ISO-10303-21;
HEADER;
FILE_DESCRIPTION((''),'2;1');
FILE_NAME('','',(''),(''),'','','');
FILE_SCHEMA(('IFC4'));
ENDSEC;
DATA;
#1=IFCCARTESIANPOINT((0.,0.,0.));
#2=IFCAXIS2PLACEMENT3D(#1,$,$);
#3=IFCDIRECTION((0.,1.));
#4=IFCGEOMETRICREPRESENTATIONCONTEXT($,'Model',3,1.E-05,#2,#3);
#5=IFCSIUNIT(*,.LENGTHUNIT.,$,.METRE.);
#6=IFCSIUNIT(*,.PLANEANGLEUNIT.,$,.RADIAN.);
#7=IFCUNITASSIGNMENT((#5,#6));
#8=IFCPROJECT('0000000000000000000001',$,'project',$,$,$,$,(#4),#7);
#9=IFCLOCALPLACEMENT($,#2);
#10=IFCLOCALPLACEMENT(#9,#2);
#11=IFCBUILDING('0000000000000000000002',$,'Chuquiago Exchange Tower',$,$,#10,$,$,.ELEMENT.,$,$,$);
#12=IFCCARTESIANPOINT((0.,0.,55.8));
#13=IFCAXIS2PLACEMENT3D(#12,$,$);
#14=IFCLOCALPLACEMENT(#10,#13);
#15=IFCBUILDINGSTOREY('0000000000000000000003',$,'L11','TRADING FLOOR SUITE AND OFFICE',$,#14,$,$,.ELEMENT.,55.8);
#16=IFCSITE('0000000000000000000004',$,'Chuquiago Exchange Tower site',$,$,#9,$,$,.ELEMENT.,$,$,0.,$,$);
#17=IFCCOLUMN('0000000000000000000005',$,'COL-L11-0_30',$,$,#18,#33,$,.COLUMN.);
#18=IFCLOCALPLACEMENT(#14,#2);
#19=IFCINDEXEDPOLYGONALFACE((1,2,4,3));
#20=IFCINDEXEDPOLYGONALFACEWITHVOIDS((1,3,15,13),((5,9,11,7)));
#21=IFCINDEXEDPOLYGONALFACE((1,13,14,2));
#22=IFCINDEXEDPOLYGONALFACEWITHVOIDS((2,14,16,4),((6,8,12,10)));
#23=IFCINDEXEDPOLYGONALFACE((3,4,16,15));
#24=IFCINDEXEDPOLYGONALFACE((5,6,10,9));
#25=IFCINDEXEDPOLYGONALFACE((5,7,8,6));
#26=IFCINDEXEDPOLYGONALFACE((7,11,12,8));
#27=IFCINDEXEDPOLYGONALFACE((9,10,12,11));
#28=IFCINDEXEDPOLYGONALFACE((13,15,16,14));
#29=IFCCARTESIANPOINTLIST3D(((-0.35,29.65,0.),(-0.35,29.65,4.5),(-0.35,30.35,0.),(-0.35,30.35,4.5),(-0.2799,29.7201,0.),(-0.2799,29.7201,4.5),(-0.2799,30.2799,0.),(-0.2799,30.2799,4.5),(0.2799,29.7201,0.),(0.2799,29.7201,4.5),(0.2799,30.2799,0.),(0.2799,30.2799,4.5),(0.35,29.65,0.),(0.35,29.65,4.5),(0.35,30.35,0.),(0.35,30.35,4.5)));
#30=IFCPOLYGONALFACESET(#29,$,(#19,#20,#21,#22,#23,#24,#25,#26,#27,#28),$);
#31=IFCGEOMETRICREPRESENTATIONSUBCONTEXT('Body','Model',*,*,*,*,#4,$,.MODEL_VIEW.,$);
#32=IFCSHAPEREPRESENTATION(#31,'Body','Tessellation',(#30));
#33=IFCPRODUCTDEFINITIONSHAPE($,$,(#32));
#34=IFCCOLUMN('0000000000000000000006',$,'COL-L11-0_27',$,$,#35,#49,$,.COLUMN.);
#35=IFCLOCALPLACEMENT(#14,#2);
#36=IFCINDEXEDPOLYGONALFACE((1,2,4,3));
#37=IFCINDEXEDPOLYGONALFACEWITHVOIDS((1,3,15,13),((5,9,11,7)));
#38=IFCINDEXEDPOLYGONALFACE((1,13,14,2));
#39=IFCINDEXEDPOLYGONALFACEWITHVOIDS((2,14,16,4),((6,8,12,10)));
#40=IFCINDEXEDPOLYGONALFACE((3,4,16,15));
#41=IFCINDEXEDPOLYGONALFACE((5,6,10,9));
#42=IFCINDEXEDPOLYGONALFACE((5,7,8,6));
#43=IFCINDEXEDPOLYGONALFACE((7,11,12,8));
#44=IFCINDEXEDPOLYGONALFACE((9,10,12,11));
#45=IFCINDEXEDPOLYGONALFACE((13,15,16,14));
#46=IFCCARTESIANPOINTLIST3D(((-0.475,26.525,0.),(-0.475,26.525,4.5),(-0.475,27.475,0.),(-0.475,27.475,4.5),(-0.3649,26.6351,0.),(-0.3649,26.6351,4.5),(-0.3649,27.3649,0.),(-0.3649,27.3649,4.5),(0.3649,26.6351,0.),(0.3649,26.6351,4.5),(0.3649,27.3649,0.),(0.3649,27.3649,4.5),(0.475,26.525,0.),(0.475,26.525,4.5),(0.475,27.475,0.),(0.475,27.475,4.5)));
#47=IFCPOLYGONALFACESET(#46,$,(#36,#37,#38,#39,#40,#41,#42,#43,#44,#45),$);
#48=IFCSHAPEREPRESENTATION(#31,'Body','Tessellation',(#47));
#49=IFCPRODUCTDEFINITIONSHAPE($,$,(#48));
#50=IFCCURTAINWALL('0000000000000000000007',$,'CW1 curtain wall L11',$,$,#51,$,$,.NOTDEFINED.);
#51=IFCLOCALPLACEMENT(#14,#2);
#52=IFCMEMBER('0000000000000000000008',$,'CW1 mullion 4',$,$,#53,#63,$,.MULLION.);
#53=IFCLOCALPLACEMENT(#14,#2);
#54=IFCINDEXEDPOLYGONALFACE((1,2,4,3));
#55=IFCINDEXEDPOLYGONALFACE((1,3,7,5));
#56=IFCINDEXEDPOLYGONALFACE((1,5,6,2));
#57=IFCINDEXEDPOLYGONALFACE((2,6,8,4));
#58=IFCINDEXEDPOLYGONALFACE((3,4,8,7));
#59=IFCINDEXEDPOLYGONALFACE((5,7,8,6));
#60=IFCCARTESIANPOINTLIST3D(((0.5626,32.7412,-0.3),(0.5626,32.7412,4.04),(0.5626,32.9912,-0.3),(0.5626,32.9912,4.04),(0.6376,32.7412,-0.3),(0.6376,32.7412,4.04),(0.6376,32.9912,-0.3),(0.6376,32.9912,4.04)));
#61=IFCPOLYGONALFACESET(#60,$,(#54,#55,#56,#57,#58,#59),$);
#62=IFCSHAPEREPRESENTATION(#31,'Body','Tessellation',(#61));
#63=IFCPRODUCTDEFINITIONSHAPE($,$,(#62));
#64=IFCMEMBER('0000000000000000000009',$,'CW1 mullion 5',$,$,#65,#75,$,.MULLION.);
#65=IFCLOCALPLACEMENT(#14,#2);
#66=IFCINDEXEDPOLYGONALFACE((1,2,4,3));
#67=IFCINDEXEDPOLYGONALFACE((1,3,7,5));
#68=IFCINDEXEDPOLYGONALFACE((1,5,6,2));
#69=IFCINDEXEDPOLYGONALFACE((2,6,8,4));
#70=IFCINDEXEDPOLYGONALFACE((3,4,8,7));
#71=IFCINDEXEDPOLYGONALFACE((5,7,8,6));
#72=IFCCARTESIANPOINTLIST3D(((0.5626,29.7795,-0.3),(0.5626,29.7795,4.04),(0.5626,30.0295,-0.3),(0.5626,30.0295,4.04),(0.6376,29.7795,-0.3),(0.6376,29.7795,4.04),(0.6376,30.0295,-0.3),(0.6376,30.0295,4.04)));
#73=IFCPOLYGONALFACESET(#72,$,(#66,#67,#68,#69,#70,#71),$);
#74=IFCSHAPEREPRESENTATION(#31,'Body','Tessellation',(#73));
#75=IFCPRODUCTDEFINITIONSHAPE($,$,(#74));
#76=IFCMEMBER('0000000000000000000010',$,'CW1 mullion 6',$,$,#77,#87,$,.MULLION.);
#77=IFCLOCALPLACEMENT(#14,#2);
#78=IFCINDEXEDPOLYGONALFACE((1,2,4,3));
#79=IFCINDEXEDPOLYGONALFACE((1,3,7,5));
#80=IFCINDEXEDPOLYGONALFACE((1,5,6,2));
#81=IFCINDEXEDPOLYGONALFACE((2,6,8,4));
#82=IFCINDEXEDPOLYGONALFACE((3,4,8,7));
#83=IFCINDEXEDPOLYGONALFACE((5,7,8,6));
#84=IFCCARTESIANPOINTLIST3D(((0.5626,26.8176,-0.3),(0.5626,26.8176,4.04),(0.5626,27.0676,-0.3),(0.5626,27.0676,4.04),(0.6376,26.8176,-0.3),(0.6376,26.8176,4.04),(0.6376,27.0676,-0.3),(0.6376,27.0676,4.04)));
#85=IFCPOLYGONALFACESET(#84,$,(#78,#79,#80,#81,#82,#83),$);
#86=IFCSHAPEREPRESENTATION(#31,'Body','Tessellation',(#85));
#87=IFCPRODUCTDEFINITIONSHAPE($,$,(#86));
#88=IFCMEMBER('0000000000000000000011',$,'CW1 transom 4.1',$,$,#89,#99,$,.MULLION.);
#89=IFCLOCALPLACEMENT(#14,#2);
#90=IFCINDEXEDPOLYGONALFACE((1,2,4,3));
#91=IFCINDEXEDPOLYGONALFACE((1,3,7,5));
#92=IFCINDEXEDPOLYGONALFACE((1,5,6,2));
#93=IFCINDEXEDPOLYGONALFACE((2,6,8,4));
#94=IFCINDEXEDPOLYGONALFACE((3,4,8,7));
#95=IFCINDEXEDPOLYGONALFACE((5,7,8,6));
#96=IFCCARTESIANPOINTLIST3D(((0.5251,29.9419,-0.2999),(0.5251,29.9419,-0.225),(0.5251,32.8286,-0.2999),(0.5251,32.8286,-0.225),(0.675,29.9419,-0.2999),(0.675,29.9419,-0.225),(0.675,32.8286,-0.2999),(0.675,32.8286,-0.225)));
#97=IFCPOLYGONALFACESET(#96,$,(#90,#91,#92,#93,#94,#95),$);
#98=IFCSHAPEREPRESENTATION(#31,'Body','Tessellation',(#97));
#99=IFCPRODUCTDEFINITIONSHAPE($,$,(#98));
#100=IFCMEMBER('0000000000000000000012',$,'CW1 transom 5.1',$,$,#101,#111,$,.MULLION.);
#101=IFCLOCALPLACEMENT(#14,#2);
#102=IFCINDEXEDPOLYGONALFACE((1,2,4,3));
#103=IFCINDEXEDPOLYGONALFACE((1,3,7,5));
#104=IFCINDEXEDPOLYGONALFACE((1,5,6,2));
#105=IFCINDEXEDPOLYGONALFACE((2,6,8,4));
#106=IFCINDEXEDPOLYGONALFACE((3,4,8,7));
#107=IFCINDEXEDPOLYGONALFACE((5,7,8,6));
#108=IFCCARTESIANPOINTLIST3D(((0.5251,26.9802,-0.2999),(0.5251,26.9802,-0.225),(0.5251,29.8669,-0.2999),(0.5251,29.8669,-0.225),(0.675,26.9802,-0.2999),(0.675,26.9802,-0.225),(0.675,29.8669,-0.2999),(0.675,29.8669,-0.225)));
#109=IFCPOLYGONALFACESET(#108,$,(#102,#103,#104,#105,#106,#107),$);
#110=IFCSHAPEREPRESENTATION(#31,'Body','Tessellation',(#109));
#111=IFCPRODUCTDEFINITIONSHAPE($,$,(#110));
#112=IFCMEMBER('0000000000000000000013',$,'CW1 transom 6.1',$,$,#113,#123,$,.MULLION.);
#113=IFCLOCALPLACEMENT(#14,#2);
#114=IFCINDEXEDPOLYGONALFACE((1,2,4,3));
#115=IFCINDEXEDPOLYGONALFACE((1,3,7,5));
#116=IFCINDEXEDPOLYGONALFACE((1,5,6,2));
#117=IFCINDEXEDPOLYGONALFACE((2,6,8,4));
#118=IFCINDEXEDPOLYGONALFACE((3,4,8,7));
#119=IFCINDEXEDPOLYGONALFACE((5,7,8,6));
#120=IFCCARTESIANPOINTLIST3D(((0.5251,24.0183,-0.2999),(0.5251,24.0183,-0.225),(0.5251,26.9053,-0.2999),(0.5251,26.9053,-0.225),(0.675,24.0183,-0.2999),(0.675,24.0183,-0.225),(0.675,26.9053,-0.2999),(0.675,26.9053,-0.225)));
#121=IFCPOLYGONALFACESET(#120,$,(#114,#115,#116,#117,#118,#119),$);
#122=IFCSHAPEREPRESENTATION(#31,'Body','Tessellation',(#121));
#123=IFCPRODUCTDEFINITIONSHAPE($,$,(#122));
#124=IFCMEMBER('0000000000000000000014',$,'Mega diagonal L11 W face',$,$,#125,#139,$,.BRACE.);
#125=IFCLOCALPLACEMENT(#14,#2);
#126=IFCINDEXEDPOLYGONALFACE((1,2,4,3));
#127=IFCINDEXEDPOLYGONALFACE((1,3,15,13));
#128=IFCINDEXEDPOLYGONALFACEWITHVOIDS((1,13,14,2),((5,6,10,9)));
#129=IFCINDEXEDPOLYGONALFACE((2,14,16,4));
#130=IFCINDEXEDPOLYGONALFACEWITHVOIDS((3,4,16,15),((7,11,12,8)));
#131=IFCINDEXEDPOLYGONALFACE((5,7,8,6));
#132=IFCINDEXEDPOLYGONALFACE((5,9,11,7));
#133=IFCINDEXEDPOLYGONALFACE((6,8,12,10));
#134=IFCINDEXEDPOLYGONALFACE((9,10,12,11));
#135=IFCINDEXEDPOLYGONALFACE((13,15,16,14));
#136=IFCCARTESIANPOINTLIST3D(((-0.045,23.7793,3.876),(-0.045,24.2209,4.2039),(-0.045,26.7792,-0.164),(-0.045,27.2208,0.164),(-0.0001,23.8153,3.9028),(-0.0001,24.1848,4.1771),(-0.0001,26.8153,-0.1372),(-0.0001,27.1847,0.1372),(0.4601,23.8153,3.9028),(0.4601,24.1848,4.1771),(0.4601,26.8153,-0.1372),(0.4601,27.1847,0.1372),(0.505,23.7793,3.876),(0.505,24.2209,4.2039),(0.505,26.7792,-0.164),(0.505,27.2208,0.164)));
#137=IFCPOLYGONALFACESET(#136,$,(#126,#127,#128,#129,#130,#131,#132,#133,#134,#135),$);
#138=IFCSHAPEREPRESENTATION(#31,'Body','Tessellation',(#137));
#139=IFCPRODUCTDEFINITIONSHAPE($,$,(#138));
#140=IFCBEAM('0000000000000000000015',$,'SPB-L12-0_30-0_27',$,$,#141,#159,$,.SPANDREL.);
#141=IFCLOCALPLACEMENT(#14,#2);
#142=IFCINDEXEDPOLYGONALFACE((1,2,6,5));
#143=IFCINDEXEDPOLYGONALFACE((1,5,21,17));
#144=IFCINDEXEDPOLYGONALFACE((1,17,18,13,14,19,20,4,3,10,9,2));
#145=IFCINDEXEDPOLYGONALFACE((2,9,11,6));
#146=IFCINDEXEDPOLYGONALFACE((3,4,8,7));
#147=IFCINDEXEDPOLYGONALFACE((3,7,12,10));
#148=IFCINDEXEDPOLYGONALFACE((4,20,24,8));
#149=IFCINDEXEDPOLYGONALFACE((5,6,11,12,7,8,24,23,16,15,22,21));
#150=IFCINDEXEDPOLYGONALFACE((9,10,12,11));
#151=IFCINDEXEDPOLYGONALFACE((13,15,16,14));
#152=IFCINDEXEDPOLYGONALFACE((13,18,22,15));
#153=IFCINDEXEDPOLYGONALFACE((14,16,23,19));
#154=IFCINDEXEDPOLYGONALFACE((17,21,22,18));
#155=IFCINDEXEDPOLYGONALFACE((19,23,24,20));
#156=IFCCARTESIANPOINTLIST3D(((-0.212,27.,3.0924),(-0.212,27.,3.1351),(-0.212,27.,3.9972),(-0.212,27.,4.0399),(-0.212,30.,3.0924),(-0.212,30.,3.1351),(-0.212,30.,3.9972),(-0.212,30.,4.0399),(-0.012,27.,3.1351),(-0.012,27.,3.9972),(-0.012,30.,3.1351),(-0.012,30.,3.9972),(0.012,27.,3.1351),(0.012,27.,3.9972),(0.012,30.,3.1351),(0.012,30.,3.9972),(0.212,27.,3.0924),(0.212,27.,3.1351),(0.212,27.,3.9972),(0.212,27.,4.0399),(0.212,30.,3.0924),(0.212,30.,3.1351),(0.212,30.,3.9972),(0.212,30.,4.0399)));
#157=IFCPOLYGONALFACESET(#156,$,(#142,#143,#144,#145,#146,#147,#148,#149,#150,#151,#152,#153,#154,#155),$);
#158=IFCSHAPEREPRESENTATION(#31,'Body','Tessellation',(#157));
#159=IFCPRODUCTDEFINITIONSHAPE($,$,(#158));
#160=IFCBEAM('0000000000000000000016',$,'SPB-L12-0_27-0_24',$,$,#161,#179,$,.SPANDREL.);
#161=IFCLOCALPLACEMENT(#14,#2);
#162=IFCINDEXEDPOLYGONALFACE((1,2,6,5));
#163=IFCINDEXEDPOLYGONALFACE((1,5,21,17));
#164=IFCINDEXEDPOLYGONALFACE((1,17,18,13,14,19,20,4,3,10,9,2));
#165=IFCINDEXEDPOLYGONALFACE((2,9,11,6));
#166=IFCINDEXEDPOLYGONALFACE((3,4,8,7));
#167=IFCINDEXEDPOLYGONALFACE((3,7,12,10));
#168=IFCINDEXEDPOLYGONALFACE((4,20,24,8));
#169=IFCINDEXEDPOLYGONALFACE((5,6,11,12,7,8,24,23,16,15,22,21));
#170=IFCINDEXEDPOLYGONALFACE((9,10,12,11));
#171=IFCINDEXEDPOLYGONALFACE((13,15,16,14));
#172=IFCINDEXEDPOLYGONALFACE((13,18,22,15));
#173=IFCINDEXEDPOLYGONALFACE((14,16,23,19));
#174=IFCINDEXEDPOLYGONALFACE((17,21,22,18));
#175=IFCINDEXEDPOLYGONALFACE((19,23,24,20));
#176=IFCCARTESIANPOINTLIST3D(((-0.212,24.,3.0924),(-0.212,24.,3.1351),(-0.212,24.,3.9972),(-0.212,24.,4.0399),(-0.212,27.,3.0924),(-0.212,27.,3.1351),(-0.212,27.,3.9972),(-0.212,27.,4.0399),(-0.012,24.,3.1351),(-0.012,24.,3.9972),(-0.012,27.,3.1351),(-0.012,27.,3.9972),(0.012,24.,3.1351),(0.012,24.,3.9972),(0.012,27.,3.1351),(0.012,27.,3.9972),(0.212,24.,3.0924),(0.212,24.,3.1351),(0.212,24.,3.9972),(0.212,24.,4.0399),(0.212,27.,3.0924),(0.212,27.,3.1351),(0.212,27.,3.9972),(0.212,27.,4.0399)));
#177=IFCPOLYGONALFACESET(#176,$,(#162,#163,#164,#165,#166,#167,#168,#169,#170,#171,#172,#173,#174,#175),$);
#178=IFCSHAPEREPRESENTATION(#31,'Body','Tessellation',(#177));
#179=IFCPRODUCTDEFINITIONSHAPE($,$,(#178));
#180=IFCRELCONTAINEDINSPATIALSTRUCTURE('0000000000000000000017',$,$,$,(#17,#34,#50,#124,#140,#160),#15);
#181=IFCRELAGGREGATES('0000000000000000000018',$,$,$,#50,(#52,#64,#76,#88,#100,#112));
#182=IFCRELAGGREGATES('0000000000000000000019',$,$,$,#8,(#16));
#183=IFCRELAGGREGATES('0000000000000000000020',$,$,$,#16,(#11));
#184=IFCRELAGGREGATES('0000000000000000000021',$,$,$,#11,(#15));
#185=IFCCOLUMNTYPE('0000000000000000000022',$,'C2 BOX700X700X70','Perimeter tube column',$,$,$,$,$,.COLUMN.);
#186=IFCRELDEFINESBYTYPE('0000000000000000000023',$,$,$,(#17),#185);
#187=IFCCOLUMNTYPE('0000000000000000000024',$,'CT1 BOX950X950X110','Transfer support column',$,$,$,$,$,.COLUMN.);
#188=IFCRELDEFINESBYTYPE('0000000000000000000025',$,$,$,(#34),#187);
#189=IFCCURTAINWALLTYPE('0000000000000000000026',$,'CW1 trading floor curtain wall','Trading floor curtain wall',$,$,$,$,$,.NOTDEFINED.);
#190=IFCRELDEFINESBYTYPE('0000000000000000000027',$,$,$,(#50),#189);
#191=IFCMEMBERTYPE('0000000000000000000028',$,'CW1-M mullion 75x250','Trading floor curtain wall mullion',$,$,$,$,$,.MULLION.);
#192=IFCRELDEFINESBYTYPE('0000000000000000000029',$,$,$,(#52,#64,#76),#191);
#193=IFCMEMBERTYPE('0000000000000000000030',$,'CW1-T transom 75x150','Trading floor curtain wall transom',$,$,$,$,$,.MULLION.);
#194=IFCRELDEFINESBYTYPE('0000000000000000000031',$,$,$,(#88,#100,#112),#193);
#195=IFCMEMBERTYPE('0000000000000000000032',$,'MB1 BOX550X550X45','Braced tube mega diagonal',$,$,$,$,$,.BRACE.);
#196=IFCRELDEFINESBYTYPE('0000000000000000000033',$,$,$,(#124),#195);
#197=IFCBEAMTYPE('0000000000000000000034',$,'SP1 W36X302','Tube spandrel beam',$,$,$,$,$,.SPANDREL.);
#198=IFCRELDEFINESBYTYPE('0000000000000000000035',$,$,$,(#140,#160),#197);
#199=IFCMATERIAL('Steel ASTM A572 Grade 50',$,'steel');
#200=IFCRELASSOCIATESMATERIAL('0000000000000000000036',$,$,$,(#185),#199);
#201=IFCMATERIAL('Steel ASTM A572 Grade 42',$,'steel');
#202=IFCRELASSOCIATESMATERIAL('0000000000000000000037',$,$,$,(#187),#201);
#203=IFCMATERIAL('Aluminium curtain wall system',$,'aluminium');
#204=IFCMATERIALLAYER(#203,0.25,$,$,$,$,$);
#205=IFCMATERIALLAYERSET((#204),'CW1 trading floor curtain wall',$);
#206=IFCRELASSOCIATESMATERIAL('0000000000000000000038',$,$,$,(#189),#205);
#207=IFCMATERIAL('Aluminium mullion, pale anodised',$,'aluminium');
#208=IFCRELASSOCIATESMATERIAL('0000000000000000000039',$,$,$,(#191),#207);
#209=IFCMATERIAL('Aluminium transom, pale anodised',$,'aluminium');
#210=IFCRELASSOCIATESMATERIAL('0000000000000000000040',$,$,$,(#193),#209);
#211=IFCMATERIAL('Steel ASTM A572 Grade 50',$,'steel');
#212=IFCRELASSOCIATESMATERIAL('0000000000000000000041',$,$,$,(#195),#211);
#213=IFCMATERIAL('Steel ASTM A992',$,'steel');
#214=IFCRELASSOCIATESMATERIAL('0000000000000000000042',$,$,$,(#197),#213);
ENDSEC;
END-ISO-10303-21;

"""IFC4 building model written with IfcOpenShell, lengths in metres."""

from ifc_helpers import new_model, si_unit, direction, frame, origin, origin_2d, place, context, subcontext, project, spatial, rectangle, hollow_rectangle, i_section, extrude, material, layer, layer_set, material_profile, profile_set, type_object, element, aggregate, save


model = new_model("IFC4")

# Units and contexts
model_context = context("Model", 3, precision=1e-05, world=origin(), true_north=direction((0.0, 1.0)))
body_context = subcontext(model_context, "Body", "Model", "MODEL_VIEW")
ifc_project = project(units=[si_unit("LENGTHUNIT", "METRE"), si_unit("PLANEANGLEUNIT", "RADIAN")], contexts=[model_context])

# Site, building, storey
site_placement = place(None, origin())
site = spatial("IfcSite", under=ifc_project, at=site_placement, Name="Chuquiago Exchange Tower site", CompositionType="ELEMENT", RefElevation=0.0)
building_placement = place(site_placement, origin())
building = spatial("IfcBuilding", under=site, at=building_placement, Name="Chuquiago Exchange Tower", CompositionType="ELEMENT")
storey_placement = place(building_placement, frame((0.0, 0.0, 55.8)))
storey = spatial("IfcBuildingStorey", under=building, at=storey_placement, Name="L11", Description="TRADING FLOOR SUITE AND OFFICE", CompositionType="ELEMENT", Elevation=55.8)

# Columns
ifc_material_1 = material(Name="Steel ASTM A572 Grade 50", Category="steel")
ifc_material_profile_1 = material_profile(ifc_material_1, hollow_rectangle(XDim=0.7, YDim=0.7, WallThickness=0.0701, at=origin_2d()), Name="BOX700X700X70")
ifc_profile_set_1 = profile_set([ifc_material_profile_1], Name="Steel ASTM A572 Grade 50")
column_type_1 = type_object("IfcColumnType", Name="C2 BOX700X700X70", Description="Perimeter tube column", PredefinedType="COLUMN", material=ifc_profile_set_1)
column_1_placement = place(storey_placement, frame((0.0, 30.0, 0.0), z_axis=(0.0, 0.0, 1.0), x_axis=(-1.0, 0.0, 0.0)))
element("IfcColumn", 1, at=column_1_placement, inside=storey, type_object=column_type_1, Name="COL-L11-0_30", PredefinedType="COLUMN", context=body_context, shape_type="SweptSolid", body=[
    extrude(hollow_rectangle(XDim=0.7, YDim=0.7, WallThickness=0.0701, at=origin_2d()), origin(), (0.0, 0.0, 1.0), 4.5),
])
ifc_material_2 = material(Name="Steel ASTM A572 Grade 42", Category="steel")
ifc_material_profile_2 = material_profile(ifc_material_2, hollow_rectangle(XDim=0.95, YDim=0.95, WallThickness=0.1101, at=origin_2d()), Name="BOX950X950X110")
ifc_profile_set_2 = profile_set([ifc_material_profile_2], Name="Steel ASTM A572 Grade 42")
column_type_2 = type_object("IfcColumnType", Name="CT1 BOX950X950X110", Description="Transfer support column", PredefinedType="COLUMN", material=ifc_profile_set_2)
column_2_placement = place(storey_placement, frame((0.0, 27.0, 0.0), z_axis=(0.0, 0.0, 1.0), x_axis=(-1.0, 0.0, 0.0)))
element("IfcColumn", 2, at=column_2_placement, inside=storey, type_object=column_type_2, Name="COL-L11-0_27", PredefinedType="COLUMN", context=body_context, shape_type="SweptSolid", body=[
    extrude(hollow_rectangle(XDim=0.95, YDim=0.95, WallThickness=0.1101, at=origin_2d()), origin(), (0.0, 0.0, 1.0), 4.5),
])

# Curtain wall, members
ifc_material_3 = material(Name="Aluminium curtain wall system", Category="aluminium")
ifc_layer_1 = layer(ifc_material_3, 0.25)
ifc_layer_set_1 = layer_set([ifc_layer_1], Name="CW1 trading floor curtain wall")
curtain_wall_type = type_object("IfcCurtainWallType", Name="CW1 trading floor curtain wall", Description="Trading floor curtain wall", PredefinedType="NOTDEFINED", material=ifc_layer_set_1)
curtain_wall_placement = place(storey_placement, origin())
curtain_wall = element("IfcCurtainWall", 3, at=curtain_wall_placement, inside=storey, type_object=curtain_wall_type, Name="CW1 curtain wall L11", PredefinedType="NOTDEFINED")
ifc_material_4 = material(Name="Aluminium mullion, pale anodised", Category="aluminium")
ifc_material_profile_3 = material_profile(ifc_material_4, rectangle(XDim=0.075, YDim=0.25, at=origin_2d()), Name="AL 75x250")
ifc_profile_set_3 = profile_set([ifc_material_profile_3], Name="Aluminium mullion, pale anodised")
member_type_1 = type_object("IfcMemberType", Name="CW1-M mullion 75x250", Description="Trading floor curtain wall mullion", PredefinedType="MULLION", material=ifc_profile_set_3)
member_1_placement = place(storey_placement, frame((0.6001, 32.8662, -0.3), z_axis=(0.0, 0.0, 1.0), x_axis=(1.0, 0.0, 0.0)))
member_1 = element("IfcMember", 4, at=member_1_placement, type_object=member_type_1, Name="CW1 mullion 4", PredefinedType="MULLION", context=body_context, shape_type="SweptSolid", body=[
    extrude(rectangle(XDim=0.075, YDim=0.25, at=origin_2d()), origin(), (0.0, 0.0, 1.0), 4.3401),
])
member_2_placement = place(storey_placement, frame((0.6001, 29.9045, -0.3), z_axis=(0.0, 0.0, 1.0), x_axis=(1.0, 0.0, 0.0)))
member_2 = element("IfcMember", 5, at=member_2_placement, type_object=member_type_1, Name="CW1 mullion 5", PredefinedType="MULLION", context=body_context, shape_type="SweptSolid", body=[
    extrude(rectangle(XDim=0.075, YDim=0.25, at=origin_2d()), origin(), (0.0, 0.0, 1.0), 4.3401),
])
member_3_placement = place(storey_placement, frame((0.6001, 26.9426, -0.3), z_axis=(0.0, 0.0, 1.0), x_axis=(1.0, 0.0, 0.0)))
member_3 = element("IfcMember", 6, at=member_3_placement, type_object=member_type_1, Name="CW1 mullion 6", PredefinedType="MULLION", context=body_context, shape_type="SweptSolid", body=[
    extrude(rectangle(XDim=0.075, YDim=0.25, at=origin_2d()), origin(), (0.0, 0.0, 1.0), 4.3401),
])
ifc_material_5 = material(Name="Aluminium transom, pale anodised", Category="aluminium")
ifc_material_profile_4 = material_profile(ifc_material_5, rectangle(XDim=0.1499, YDim=0.075, at=origin_2d()), Name="AL 150x75")
ifc_profile_set_4 = profile_set([ifc_material_profile_4], Name="Aluminium transom, pale anodised")
member_type_2 = type_object("IfcMemberType", Name="CW1-T transom 75x150", Description="Trading floor curtain wall transom", PredefinedType="MULLION", material=ifc_profile_set_4)
member_4_placement = place(storey_placement, frame((0.6001, 32.8286, -0.2625), z_axis=(0.0, -1.0, 0.0), x_axis=(1.0, 0.0, 0.0)))
member_4 = element("IfcMember", 7, at=member_4_placement, type_object=member_type_2, Name="CW1 transom 4.1", PredefinedType="MULLION", context=body_context, shape_type="SweptSolid", body=[
    extrude(rectangle(XDim=0.1499, YDim=0.075, at=origin_2d()), origin(), (0.0, 0.0, 1.0), 2.8867),
])
member_5_placement = place(storey_placement, frame((0.6001, 29.8669, -0.2625), z_axis=(0.0, -1.0, 0.0), x_axis=(1.0, 0.0, 0.0)))
member_5 = element("IfcMember", 8, at=member_5_placement, type_object=member_type_2, Name="CW1 transom 5.1", PredefinedType="MULLION", context=body_context, shape_type="SweptSolid", body=[
    extrude(rectangle(XDim=0.1499, YDim=0.075, at=origin_2d()), origin(), (0.0, 0.0, 1.0), 2.8867),
])
member_6_placement = place(storey_placement, frame((0.6001, 26.9053, -0.2625), z_axis=(0.0, -1.0, 0.0), x_axis=(1.0, 0.0, 0.0)))
member_6 = element("IfcMember", 9, at=member_6_placement, type_object=member_type_2, Name="CW1 transom 6.1", PredefinedType="MULLION", context=body_context, shape_type="SweptSolid", body=[
    extrude(rectangle(XDim=0.1499, YDim=0.075, at=origin_2d()), origin(), (0.0, 0.0, 1.0), 2.887),
])

# Member
ifc_material_6 = material(Name="Steel ASTM A572 Grade 50", Category="steel")
ifc_material_profile_5 = material_profile(ifc_material_6, hollow_rectangle(XDim=0.55, YDim=0.55, WallThickness=0.0449, at=origin_2d()), Name="BOX550X550X45")
ifc_profile_set_5 = profile_set([ifc_material_profile_5], Name="Steel ASTM A572 Grade 50")
member_type_3 = type_object("IfcMemberType", Name="MB1 BOX550X550X45", Description="Braced tube mega diagonal", PredefinedType="BRACE", material=ifc_profile_set_5)
member_7_placement = place(storey_placement, frame((0.23, 27.0, 0.0), z_axis=(0.0, -0.596174, 0.802855), x_axis=(1.0, 0.0, 0.0)))
element("IfcMember", 10, at=member_7_placement, inside=storey, type_object=member_type_3, Name="Mega diagonal L11 W face", PredefinedType="BRACE", context=body_context, shape_type="SweptSolid", body=[
    extrude(hollow_rectangle(XDim=0.55, YDim=0.55, WallThickness=0.0449, at=origin_2d()), origin(), (0.0, 0.0, 1.0), 5.032),
])

# Beams
ifc_material_7 = material(Name="Steel ASTM A992", Category="steel")
ifc_material_profile_6 = material_profile(ifc_material_7, i_section(OverallWidth=0.4241, OverallDepth=0.9475, WebThickness=0.0239, FlangeThickness=0.0427, at=origin_2d()), Name="W36X302")
ifc_profile_set_6 = profile_set([ifc_material_profile_6], Name="Steel ASTM A992")
beam_type = type_object("IfcBeamType", Name="SP1 W36X302", Description="Tube spandrel beam", PredefinedType="SPANDREL", material=ifc_profile_set_6)
for number, where, z_axis, x_axis, name in (
    (11, (0.0, 30.0, 3.5662), (0.0, -1.0, 0.0), (1.0, 0.0, 0.0), "SPB-L12-0_30-0_27"),
    (12, (0.0, 27.0, 3.5662), (0.0, -1.0, 0.0), (1.0, 0.0, 0.0), "SPB-L12-0_27-0_24"),
):
    element("IfcBeam", number, at=place(storey_placement, frame(where, z_axis=z_axis, x_axis=x_axis)), inside=storey, type_object=beam_type, Name=name, PredefinedType="SPANDREL", context=body_context, shape_type="SweptSolid", body=[
        extrude(i_section(OverallWidth=0.4241, OverallDepth=0.9475, WebThickness=0.0239, FlangeThickness=0.0427, at=origin_2d()), origin(), (0.0, 0.0, 1.0), 3.0),
    ])

aggregate(curtain_wall, [member_1, member_2, member_3, member_4, member_5, member_6])

save(model, "model.ifc")
